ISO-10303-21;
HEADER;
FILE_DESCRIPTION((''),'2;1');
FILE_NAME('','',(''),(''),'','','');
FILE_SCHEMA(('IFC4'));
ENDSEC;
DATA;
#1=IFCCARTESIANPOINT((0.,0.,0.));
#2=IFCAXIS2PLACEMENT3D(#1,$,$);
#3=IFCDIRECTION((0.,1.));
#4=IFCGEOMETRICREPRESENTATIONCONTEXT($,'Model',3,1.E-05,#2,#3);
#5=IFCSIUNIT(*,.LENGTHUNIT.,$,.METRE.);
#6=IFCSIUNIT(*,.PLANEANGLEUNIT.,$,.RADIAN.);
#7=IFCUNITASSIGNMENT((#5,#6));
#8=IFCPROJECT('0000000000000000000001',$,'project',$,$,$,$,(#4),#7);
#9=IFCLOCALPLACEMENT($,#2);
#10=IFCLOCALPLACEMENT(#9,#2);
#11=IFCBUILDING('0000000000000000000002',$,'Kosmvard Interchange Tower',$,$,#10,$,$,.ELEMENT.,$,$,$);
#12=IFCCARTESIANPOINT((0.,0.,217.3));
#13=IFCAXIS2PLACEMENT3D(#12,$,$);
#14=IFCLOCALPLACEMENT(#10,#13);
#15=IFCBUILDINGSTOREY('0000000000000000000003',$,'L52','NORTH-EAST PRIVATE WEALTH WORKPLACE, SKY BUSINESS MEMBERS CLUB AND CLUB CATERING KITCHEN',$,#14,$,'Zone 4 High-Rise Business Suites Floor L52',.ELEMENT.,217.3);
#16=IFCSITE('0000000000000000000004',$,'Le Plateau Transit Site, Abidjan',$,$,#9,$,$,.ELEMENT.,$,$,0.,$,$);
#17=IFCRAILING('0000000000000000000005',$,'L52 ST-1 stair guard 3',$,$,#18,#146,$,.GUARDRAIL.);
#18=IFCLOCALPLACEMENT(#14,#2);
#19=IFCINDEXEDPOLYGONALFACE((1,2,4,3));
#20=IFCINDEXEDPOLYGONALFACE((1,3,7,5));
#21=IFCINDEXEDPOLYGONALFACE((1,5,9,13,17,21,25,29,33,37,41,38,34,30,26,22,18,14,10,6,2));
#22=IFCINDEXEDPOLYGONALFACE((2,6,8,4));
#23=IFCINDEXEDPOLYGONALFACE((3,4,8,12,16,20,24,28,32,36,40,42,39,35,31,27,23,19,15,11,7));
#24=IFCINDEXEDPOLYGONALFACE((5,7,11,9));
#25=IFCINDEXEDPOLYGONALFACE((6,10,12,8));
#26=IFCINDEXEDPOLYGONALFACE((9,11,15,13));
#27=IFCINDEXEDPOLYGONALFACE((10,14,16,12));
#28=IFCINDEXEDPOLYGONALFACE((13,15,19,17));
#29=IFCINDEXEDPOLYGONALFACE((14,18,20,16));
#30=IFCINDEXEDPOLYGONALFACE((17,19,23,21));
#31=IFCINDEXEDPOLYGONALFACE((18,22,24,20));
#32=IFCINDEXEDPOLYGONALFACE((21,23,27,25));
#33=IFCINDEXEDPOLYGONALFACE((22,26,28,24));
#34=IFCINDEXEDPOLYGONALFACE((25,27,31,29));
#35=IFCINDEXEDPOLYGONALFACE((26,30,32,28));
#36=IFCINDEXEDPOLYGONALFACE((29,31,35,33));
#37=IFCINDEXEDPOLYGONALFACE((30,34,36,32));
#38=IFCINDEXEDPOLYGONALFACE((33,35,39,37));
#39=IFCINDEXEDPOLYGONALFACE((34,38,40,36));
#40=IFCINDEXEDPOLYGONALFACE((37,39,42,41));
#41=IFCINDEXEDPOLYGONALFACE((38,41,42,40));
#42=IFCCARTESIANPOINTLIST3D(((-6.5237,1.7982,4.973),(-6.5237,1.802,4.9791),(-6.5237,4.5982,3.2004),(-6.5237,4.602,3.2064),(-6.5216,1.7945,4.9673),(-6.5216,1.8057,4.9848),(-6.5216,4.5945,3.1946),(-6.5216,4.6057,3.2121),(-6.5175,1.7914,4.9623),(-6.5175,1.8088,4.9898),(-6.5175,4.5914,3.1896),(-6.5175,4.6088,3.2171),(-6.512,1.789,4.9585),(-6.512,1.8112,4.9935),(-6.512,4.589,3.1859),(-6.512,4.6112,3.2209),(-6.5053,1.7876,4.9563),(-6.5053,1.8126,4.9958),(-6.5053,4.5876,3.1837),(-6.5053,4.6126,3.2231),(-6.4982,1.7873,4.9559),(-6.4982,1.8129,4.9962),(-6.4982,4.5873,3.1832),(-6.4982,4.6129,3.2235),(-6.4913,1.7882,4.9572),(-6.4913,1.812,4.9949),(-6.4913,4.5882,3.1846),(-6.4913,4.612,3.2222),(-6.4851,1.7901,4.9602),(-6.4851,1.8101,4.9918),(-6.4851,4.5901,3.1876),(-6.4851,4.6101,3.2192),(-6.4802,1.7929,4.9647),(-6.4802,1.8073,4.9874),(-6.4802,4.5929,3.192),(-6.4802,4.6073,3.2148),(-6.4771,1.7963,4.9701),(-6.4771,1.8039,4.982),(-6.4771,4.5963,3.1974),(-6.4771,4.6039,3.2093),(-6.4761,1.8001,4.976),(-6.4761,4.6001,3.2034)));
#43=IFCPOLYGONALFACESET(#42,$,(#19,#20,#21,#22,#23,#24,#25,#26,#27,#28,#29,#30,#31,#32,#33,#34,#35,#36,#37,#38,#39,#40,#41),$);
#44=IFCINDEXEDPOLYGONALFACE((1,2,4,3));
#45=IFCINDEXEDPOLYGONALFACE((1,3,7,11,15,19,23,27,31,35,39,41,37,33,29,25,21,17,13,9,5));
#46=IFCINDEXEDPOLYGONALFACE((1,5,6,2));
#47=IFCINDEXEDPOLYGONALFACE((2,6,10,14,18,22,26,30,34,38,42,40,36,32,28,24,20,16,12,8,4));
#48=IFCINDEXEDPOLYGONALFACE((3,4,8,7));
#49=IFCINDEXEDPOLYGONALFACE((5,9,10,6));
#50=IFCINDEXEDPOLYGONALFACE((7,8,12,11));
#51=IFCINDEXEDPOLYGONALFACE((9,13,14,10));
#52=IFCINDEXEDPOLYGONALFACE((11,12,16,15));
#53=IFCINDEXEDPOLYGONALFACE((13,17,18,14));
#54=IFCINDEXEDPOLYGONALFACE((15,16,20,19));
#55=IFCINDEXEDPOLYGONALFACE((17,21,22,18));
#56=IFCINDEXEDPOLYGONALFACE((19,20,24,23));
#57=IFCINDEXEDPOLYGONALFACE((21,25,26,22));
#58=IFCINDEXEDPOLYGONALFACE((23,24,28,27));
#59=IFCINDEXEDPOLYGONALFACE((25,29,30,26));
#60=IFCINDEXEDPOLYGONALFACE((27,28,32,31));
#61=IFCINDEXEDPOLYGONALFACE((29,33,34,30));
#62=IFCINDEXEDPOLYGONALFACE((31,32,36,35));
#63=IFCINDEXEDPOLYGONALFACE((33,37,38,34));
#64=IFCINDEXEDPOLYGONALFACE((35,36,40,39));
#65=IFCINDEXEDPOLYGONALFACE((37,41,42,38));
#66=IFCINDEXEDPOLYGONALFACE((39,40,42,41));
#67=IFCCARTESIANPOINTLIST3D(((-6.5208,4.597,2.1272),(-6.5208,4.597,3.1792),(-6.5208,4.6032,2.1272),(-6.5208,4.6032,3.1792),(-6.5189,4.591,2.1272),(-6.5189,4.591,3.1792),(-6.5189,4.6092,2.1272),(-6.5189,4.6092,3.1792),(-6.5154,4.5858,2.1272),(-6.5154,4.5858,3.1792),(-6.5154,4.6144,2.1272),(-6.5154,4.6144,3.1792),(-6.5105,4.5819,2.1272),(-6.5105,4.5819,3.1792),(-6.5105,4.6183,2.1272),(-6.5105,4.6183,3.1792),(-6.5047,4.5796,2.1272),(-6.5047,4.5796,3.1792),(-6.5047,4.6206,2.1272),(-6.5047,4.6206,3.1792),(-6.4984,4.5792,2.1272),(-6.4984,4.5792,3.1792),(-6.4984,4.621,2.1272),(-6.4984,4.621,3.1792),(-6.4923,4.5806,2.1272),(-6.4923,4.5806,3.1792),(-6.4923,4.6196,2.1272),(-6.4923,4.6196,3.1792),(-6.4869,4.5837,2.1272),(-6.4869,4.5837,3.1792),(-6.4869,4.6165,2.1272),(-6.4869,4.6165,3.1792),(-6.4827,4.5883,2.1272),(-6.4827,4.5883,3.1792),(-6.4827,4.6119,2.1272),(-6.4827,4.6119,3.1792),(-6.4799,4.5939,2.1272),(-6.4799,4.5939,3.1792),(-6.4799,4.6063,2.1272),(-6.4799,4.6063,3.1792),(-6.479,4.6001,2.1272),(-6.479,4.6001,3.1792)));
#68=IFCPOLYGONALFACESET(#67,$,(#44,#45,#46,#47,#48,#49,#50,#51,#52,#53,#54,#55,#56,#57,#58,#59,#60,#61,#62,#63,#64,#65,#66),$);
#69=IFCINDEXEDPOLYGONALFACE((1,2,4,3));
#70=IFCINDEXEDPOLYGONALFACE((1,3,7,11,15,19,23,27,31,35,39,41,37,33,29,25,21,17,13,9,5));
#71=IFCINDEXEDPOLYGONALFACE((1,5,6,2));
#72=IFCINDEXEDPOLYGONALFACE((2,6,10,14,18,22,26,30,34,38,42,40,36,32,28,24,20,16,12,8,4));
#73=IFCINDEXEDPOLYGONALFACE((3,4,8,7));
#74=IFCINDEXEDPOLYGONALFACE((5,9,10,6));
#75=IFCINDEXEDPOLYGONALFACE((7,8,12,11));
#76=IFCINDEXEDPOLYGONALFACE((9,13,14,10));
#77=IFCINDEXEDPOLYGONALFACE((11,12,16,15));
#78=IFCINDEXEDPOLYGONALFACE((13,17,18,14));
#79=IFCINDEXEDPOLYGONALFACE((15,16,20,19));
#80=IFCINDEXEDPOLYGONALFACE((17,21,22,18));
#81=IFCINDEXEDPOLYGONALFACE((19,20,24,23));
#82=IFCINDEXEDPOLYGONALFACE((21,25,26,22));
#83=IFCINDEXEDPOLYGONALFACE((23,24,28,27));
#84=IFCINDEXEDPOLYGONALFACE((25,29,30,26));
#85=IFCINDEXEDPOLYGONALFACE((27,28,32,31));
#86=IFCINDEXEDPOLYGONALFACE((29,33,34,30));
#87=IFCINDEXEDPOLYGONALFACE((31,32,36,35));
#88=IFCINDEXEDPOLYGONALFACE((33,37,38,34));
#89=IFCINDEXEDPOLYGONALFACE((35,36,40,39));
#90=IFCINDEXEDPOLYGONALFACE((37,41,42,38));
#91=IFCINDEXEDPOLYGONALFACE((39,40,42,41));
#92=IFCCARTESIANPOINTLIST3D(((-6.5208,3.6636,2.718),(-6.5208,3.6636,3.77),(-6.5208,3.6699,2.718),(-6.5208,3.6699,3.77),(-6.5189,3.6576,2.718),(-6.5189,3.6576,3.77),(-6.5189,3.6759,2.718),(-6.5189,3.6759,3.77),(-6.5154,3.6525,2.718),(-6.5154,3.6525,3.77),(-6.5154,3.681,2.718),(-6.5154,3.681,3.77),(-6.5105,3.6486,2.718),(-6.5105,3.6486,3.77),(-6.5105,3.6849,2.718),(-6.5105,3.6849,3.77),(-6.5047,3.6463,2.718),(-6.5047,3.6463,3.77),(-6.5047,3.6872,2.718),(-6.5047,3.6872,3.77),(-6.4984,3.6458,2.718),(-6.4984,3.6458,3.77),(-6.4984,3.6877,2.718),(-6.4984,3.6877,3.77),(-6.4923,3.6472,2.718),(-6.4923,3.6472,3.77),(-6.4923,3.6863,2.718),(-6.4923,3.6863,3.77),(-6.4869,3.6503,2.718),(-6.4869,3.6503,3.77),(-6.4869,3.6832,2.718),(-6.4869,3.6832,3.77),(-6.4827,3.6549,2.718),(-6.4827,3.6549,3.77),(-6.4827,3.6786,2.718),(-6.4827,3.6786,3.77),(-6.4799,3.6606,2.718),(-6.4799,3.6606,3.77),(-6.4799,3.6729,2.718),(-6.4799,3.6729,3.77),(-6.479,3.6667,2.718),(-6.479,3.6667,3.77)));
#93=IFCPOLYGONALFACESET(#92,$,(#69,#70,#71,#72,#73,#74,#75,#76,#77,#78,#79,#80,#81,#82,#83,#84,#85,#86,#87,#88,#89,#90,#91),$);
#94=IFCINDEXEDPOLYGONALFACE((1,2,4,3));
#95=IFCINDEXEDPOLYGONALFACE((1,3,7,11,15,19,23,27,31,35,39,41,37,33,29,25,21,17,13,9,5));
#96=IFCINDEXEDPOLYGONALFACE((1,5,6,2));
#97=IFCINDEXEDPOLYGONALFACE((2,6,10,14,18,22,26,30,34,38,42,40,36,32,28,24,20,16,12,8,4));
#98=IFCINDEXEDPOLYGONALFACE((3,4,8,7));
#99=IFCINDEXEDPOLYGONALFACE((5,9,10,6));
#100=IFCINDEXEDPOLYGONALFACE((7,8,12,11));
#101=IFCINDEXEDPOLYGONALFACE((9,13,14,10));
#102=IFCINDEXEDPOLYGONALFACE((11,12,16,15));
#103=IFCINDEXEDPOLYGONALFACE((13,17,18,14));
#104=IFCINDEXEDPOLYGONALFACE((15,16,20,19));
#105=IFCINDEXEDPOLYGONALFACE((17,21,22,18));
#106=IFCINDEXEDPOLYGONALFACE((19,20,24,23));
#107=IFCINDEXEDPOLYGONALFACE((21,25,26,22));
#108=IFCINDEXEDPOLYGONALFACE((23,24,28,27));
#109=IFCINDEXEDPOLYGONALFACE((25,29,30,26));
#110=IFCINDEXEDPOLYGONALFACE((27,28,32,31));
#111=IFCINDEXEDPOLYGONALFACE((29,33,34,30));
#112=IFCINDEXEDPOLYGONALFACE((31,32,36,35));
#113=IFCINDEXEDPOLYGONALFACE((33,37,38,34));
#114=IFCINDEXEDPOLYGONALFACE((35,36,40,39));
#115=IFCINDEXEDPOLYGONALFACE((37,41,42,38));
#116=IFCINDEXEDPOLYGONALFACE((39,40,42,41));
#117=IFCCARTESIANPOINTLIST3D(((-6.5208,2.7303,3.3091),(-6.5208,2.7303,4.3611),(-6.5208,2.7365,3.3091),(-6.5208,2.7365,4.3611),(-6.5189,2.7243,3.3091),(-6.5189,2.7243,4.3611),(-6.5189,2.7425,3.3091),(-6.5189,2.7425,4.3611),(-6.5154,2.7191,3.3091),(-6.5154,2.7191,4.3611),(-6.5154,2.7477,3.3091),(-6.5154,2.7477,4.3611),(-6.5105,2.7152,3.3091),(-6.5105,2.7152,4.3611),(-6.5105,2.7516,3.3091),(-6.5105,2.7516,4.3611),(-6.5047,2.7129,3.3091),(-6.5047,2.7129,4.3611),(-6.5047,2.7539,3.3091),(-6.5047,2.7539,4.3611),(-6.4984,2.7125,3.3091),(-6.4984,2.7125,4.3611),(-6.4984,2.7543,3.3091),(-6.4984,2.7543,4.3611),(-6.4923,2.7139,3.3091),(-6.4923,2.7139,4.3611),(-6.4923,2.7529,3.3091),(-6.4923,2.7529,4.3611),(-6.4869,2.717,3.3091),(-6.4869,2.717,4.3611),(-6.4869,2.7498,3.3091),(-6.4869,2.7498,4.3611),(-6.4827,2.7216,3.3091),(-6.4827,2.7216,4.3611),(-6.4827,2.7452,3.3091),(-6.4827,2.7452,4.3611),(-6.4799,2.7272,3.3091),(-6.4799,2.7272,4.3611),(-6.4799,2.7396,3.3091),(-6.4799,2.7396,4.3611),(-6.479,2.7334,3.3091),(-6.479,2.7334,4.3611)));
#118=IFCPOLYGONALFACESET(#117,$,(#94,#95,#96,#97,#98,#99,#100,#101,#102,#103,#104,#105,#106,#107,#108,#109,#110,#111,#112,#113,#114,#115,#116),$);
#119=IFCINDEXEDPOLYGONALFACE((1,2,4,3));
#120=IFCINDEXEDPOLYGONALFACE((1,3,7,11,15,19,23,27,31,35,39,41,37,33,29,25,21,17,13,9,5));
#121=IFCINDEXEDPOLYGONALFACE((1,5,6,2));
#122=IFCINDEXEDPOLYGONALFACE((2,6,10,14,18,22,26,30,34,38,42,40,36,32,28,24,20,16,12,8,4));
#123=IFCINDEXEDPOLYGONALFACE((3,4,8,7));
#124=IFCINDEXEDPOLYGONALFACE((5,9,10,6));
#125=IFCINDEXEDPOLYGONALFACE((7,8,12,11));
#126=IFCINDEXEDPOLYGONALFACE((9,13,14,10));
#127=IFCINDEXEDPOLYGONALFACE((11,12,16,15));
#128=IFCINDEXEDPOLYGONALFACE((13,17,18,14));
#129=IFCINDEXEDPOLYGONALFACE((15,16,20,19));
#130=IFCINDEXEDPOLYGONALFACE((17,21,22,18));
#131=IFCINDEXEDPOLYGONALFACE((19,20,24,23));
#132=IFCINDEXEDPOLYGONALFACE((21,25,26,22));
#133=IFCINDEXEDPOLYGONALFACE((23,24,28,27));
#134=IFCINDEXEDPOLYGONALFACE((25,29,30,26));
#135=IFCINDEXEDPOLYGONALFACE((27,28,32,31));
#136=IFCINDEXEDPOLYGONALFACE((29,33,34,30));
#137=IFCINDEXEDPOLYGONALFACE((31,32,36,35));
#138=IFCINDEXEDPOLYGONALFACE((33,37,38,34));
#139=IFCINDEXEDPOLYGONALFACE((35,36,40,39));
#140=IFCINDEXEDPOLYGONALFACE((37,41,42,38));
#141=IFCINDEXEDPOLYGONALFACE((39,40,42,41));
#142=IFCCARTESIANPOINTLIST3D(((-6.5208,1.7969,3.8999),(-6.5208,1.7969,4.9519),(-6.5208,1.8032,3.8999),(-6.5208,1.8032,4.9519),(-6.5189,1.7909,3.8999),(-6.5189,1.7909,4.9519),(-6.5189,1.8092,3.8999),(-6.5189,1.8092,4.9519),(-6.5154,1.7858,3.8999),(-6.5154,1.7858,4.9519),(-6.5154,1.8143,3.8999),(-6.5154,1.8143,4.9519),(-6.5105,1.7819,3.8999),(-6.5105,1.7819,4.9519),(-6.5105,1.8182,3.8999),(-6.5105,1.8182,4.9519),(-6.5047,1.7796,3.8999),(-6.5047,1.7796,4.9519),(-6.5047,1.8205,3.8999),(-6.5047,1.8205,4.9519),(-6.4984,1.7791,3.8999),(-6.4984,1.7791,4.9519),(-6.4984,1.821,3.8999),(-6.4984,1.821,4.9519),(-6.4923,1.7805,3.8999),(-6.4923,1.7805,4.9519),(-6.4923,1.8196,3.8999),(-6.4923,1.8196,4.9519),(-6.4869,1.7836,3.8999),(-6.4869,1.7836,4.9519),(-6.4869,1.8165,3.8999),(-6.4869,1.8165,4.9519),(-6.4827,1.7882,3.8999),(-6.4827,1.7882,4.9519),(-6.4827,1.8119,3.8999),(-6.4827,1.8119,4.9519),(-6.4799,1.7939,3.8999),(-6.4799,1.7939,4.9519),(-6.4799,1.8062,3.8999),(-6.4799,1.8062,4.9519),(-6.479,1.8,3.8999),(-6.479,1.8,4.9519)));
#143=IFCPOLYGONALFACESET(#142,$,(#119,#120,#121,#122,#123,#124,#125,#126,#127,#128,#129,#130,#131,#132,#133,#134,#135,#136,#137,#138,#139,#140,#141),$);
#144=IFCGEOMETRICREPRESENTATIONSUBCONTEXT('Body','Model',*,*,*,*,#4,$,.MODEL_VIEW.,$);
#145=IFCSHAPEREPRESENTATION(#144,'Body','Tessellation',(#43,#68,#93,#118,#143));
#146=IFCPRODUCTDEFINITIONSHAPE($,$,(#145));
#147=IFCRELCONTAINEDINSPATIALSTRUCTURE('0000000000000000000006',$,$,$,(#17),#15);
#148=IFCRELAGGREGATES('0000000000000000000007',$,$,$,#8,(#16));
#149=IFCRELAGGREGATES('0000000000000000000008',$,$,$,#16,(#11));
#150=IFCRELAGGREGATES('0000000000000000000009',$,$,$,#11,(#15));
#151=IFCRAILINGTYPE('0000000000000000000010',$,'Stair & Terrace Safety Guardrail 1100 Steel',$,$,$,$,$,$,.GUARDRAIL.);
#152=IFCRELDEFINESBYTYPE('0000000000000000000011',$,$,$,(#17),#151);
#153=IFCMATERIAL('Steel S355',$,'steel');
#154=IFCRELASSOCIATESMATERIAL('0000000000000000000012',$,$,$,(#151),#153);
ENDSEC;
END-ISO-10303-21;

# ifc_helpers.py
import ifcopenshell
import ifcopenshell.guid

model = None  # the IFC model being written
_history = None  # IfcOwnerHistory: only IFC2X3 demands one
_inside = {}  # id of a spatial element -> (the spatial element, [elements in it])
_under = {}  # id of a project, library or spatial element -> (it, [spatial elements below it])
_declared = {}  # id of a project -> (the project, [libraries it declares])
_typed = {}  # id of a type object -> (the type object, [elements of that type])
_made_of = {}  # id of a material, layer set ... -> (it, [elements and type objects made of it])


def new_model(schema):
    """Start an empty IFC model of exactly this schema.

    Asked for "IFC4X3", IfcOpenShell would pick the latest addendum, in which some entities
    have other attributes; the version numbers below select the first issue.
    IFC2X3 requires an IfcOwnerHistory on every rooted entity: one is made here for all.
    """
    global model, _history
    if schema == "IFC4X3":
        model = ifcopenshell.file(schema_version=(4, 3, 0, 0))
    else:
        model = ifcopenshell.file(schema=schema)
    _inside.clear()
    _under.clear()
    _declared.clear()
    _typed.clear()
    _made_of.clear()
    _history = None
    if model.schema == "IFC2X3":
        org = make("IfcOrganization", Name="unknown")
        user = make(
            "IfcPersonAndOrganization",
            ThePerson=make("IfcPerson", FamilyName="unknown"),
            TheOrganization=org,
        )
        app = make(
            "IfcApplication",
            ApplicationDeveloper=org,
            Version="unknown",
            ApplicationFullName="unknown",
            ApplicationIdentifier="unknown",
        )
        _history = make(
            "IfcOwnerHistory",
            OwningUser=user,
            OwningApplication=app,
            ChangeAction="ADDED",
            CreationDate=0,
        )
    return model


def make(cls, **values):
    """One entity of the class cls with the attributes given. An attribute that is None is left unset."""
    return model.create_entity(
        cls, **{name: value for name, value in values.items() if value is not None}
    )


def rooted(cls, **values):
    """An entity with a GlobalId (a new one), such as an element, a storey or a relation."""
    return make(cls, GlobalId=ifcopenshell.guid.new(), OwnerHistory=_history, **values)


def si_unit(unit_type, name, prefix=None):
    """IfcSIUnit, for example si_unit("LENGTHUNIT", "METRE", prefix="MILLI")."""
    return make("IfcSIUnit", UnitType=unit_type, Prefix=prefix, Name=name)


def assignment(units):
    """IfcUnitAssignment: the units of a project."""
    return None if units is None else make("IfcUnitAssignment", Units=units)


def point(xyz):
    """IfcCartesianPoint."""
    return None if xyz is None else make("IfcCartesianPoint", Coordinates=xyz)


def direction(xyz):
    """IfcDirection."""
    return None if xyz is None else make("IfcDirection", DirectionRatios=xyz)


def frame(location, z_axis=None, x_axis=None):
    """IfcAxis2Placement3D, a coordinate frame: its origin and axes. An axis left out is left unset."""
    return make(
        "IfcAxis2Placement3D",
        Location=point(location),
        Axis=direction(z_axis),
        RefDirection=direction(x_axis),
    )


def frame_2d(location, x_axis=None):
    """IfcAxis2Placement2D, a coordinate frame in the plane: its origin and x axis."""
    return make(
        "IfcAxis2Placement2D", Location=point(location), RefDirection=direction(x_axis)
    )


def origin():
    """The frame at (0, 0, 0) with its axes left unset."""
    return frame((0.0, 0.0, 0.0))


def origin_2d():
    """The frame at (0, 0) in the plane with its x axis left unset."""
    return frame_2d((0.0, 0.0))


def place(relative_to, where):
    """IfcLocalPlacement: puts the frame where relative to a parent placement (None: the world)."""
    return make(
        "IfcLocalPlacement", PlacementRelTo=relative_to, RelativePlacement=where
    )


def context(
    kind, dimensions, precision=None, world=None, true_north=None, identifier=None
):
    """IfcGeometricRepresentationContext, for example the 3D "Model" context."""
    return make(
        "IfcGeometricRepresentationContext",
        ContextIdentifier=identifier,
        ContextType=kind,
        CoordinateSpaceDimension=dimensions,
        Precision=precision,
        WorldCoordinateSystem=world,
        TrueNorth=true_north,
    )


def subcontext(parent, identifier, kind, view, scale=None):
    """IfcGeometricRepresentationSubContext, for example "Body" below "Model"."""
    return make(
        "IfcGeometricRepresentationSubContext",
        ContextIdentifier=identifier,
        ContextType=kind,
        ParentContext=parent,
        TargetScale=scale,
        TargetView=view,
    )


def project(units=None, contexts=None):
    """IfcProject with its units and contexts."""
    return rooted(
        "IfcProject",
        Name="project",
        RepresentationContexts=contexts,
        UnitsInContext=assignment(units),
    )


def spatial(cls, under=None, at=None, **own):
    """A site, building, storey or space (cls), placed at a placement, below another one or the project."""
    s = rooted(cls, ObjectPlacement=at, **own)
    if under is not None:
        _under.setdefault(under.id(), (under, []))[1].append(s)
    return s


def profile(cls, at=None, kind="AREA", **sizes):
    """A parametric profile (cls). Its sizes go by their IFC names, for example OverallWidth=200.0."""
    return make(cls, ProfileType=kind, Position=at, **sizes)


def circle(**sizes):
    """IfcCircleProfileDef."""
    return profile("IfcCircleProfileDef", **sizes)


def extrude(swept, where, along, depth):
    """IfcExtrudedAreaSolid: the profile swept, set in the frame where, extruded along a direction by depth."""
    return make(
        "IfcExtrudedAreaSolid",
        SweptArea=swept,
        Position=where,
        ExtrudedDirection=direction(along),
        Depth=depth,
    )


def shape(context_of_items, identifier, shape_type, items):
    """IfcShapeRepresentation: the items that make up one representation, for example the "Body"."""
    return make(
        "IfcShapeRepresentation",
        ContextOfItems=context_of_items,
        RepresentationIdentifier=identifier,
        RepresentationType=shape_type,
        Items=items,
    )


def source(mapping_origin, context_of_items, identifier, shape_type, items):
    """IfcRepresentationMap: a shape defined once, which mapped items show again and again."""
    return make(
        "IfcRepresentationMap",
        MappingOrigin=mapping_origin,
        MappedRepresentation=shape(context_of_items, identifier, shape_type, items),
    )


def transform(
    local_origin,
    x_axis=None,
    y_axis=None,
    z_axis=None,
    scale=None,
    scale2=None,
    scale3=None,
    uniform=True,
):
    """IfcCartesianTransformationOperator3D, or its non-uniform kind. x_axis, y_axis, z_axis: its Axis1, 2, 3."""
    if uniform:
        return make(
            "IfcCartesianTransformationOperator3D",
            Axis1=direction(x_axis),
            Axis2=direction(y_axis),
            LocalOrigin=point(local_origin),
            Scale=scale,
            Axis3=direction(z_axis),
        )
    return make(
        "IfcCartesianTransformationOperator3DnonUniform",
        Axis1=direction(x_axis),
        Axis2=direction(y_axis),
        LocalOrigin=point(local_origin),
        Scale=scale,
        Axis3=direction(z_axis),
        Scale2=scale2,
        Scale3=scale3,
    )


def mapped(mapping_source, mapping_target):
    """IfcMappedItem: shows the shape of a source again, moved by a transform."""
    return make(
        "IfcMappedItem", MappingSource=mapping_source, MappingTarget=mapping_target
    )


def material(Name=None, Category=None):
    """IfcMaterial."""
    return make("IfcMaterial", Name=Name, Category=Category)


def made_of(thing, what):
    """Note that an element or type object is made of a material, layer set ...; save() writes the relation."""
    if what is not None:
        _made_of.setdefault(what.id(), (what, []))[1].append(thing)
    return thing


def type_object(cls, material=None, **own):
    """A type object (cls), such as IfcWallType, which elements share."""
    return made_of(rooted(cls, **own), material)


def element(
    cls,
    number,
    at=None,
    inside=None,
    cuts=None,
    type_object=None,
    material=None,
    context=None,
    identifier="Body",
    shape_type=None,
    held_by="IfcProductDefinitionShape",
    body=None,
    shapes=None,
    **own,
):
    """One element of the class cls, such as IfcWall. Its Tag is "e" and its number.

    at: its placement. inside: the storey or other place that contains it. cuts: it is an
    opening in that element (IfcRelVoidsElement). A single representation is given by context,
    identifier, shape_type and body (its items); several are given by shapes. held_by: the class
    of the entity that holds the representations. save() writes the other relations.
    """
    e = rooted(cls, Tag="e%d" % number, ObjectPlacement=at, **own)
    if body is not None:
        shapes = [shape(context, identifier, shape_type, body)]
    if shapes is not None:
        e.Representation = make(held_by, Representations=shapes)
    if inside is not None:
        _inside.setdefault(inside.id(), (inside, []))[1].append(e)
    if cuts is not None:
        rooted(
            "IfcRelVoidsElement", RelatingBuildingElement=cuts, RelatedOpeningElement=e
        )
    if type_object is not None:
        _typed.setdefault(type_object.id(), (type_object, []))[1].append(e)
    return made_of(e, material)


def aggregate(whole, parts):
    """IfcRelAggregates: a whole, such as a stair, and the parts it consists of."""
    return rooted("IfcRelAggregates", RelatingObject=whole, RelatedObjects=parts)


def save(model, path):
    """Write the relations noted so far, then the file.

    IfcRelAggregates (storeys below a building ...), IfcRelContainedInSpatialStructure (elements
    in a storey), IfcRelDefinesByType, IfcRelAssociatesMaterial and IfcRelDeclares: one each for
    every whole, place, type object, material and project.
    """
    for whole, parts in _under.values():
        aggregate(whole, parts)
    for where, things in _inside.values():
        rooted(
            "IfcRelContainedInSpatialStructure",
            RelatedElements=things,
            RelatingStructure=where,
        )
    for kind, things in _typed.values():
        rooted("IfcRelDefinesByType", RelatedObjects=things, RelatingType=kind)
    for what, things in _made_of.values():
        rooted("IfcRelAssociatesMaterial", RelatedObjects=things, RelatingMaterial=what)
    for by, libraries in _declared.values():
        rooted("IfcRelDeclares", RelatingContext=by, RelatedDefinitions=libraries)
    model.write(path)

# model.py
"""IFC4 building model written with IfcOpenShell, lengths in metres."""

from ifc_helpers import new_model, si_unit, direction, frame, origin, origin_2d, place, context, subcontext, project, spatial, circle, extrude, source, transform, mapped, material, type_object, element, save


model = new_model("IFC4")

# Units and contexts
model_context = context("Model", 3, precision=1e-05, world=origin(), true_north=direction((0.0, 1.0)))
body_context = subcontext(model_context, "Body", "Model", "MODEL_VIEW")
ifc_project = project(units=[si_unit("LENGTHUNIT", "METRE"), si_unit("PLANEANGLEUNIT", "RADIAN")], contexts=[model_context])

# Site, building, storey
site_placement = place(None, origin())
site = spatial("IfcSite", under=ifc_project, at=site_placement, Name="Le Plateau Transit Site, Abidjan", CompositionType="ELEMENT", RefElevation=0.0)
building_placement = place(site_placement, origin())
building = spatial("IfcBuilding", under=site, at=building_placement, Name="Kosmvard Interchange Tower", CompositionType="ELEMENT")
storey_placement = place(building_placement, frame((0.0, 0.0, 217.3)))
storey = spatial("IfcBuildingStorey", under=building, at=storey_placement, Name="L52", Description="NORTH-EAST PRIVATE WEALTH WORKPLACE, SKY BUSINESS MEMBERS CLUB AND CLUB CATERING KITCHEN", LongName="Zone 4 High-Rise Business Suites Floor L52", CompositionType="ELEMENT", Elevation=217.3)

# Railing
ifc_material_1 = material(Name="Steel S355", Category="steel")
railing_type_1 = type_object("IfcRailingType", Name="Stair & Terrace Safety Guardrail 1100 Steel", PredefinedType="GUARDRAIL", material=ifc_material_1)
shared_shape_1 = source(origin(), body_context, "Body", "SweptSolid", [
    extrude(circle(Radius=0.0239, at=origin_2d()), frame((0.0, 0.0, 1.0762), z_axis=(0.0, -0.844909, 0.53491), x_axis=(1.0, 0.0, 0.0)), (0.0, 0.0, 1.0), 3.314),
    extrude(circle(Radius=0.021, at=origin_2d()), origin(), (0.0, 0.0, 1.0), 1.052),
    extrude(circle(Radius=0.021, at=origin_2d()), frame((0.0, -0.9333, 0.5908)), (0.0, 0.0, 1.0), 1.052),
    extrude(circle(Radius=0.021, at=origin_2d()), frame((0.0, -1.8667, 1.1819)), (0.0, 0.0, 1.0), 1.052),
    extrude(circle(Radius=0.021, at=origin_2d()), frame((0.0, -2.8, 1.7727)), (0.0, 0.0, 1.0), 1.052),
])
railing_1_placement = place(storey_placement, frame((-6.5, 4.6001, 2.1272)))
element("IfcRailing", 1, at=railing_1_placement, inside=storey, type_object=railing_type_1, Name="L52 ST-1 stair guard 3", PredefinedType="GUARDRAIL", context=body_context, shape_type="MappedRepresentation", body=[
    mapped(shared_shape_1, transform((0.0, 0.0, 0.0), scale=1.0)),
])

save(model, "model.ifc")
